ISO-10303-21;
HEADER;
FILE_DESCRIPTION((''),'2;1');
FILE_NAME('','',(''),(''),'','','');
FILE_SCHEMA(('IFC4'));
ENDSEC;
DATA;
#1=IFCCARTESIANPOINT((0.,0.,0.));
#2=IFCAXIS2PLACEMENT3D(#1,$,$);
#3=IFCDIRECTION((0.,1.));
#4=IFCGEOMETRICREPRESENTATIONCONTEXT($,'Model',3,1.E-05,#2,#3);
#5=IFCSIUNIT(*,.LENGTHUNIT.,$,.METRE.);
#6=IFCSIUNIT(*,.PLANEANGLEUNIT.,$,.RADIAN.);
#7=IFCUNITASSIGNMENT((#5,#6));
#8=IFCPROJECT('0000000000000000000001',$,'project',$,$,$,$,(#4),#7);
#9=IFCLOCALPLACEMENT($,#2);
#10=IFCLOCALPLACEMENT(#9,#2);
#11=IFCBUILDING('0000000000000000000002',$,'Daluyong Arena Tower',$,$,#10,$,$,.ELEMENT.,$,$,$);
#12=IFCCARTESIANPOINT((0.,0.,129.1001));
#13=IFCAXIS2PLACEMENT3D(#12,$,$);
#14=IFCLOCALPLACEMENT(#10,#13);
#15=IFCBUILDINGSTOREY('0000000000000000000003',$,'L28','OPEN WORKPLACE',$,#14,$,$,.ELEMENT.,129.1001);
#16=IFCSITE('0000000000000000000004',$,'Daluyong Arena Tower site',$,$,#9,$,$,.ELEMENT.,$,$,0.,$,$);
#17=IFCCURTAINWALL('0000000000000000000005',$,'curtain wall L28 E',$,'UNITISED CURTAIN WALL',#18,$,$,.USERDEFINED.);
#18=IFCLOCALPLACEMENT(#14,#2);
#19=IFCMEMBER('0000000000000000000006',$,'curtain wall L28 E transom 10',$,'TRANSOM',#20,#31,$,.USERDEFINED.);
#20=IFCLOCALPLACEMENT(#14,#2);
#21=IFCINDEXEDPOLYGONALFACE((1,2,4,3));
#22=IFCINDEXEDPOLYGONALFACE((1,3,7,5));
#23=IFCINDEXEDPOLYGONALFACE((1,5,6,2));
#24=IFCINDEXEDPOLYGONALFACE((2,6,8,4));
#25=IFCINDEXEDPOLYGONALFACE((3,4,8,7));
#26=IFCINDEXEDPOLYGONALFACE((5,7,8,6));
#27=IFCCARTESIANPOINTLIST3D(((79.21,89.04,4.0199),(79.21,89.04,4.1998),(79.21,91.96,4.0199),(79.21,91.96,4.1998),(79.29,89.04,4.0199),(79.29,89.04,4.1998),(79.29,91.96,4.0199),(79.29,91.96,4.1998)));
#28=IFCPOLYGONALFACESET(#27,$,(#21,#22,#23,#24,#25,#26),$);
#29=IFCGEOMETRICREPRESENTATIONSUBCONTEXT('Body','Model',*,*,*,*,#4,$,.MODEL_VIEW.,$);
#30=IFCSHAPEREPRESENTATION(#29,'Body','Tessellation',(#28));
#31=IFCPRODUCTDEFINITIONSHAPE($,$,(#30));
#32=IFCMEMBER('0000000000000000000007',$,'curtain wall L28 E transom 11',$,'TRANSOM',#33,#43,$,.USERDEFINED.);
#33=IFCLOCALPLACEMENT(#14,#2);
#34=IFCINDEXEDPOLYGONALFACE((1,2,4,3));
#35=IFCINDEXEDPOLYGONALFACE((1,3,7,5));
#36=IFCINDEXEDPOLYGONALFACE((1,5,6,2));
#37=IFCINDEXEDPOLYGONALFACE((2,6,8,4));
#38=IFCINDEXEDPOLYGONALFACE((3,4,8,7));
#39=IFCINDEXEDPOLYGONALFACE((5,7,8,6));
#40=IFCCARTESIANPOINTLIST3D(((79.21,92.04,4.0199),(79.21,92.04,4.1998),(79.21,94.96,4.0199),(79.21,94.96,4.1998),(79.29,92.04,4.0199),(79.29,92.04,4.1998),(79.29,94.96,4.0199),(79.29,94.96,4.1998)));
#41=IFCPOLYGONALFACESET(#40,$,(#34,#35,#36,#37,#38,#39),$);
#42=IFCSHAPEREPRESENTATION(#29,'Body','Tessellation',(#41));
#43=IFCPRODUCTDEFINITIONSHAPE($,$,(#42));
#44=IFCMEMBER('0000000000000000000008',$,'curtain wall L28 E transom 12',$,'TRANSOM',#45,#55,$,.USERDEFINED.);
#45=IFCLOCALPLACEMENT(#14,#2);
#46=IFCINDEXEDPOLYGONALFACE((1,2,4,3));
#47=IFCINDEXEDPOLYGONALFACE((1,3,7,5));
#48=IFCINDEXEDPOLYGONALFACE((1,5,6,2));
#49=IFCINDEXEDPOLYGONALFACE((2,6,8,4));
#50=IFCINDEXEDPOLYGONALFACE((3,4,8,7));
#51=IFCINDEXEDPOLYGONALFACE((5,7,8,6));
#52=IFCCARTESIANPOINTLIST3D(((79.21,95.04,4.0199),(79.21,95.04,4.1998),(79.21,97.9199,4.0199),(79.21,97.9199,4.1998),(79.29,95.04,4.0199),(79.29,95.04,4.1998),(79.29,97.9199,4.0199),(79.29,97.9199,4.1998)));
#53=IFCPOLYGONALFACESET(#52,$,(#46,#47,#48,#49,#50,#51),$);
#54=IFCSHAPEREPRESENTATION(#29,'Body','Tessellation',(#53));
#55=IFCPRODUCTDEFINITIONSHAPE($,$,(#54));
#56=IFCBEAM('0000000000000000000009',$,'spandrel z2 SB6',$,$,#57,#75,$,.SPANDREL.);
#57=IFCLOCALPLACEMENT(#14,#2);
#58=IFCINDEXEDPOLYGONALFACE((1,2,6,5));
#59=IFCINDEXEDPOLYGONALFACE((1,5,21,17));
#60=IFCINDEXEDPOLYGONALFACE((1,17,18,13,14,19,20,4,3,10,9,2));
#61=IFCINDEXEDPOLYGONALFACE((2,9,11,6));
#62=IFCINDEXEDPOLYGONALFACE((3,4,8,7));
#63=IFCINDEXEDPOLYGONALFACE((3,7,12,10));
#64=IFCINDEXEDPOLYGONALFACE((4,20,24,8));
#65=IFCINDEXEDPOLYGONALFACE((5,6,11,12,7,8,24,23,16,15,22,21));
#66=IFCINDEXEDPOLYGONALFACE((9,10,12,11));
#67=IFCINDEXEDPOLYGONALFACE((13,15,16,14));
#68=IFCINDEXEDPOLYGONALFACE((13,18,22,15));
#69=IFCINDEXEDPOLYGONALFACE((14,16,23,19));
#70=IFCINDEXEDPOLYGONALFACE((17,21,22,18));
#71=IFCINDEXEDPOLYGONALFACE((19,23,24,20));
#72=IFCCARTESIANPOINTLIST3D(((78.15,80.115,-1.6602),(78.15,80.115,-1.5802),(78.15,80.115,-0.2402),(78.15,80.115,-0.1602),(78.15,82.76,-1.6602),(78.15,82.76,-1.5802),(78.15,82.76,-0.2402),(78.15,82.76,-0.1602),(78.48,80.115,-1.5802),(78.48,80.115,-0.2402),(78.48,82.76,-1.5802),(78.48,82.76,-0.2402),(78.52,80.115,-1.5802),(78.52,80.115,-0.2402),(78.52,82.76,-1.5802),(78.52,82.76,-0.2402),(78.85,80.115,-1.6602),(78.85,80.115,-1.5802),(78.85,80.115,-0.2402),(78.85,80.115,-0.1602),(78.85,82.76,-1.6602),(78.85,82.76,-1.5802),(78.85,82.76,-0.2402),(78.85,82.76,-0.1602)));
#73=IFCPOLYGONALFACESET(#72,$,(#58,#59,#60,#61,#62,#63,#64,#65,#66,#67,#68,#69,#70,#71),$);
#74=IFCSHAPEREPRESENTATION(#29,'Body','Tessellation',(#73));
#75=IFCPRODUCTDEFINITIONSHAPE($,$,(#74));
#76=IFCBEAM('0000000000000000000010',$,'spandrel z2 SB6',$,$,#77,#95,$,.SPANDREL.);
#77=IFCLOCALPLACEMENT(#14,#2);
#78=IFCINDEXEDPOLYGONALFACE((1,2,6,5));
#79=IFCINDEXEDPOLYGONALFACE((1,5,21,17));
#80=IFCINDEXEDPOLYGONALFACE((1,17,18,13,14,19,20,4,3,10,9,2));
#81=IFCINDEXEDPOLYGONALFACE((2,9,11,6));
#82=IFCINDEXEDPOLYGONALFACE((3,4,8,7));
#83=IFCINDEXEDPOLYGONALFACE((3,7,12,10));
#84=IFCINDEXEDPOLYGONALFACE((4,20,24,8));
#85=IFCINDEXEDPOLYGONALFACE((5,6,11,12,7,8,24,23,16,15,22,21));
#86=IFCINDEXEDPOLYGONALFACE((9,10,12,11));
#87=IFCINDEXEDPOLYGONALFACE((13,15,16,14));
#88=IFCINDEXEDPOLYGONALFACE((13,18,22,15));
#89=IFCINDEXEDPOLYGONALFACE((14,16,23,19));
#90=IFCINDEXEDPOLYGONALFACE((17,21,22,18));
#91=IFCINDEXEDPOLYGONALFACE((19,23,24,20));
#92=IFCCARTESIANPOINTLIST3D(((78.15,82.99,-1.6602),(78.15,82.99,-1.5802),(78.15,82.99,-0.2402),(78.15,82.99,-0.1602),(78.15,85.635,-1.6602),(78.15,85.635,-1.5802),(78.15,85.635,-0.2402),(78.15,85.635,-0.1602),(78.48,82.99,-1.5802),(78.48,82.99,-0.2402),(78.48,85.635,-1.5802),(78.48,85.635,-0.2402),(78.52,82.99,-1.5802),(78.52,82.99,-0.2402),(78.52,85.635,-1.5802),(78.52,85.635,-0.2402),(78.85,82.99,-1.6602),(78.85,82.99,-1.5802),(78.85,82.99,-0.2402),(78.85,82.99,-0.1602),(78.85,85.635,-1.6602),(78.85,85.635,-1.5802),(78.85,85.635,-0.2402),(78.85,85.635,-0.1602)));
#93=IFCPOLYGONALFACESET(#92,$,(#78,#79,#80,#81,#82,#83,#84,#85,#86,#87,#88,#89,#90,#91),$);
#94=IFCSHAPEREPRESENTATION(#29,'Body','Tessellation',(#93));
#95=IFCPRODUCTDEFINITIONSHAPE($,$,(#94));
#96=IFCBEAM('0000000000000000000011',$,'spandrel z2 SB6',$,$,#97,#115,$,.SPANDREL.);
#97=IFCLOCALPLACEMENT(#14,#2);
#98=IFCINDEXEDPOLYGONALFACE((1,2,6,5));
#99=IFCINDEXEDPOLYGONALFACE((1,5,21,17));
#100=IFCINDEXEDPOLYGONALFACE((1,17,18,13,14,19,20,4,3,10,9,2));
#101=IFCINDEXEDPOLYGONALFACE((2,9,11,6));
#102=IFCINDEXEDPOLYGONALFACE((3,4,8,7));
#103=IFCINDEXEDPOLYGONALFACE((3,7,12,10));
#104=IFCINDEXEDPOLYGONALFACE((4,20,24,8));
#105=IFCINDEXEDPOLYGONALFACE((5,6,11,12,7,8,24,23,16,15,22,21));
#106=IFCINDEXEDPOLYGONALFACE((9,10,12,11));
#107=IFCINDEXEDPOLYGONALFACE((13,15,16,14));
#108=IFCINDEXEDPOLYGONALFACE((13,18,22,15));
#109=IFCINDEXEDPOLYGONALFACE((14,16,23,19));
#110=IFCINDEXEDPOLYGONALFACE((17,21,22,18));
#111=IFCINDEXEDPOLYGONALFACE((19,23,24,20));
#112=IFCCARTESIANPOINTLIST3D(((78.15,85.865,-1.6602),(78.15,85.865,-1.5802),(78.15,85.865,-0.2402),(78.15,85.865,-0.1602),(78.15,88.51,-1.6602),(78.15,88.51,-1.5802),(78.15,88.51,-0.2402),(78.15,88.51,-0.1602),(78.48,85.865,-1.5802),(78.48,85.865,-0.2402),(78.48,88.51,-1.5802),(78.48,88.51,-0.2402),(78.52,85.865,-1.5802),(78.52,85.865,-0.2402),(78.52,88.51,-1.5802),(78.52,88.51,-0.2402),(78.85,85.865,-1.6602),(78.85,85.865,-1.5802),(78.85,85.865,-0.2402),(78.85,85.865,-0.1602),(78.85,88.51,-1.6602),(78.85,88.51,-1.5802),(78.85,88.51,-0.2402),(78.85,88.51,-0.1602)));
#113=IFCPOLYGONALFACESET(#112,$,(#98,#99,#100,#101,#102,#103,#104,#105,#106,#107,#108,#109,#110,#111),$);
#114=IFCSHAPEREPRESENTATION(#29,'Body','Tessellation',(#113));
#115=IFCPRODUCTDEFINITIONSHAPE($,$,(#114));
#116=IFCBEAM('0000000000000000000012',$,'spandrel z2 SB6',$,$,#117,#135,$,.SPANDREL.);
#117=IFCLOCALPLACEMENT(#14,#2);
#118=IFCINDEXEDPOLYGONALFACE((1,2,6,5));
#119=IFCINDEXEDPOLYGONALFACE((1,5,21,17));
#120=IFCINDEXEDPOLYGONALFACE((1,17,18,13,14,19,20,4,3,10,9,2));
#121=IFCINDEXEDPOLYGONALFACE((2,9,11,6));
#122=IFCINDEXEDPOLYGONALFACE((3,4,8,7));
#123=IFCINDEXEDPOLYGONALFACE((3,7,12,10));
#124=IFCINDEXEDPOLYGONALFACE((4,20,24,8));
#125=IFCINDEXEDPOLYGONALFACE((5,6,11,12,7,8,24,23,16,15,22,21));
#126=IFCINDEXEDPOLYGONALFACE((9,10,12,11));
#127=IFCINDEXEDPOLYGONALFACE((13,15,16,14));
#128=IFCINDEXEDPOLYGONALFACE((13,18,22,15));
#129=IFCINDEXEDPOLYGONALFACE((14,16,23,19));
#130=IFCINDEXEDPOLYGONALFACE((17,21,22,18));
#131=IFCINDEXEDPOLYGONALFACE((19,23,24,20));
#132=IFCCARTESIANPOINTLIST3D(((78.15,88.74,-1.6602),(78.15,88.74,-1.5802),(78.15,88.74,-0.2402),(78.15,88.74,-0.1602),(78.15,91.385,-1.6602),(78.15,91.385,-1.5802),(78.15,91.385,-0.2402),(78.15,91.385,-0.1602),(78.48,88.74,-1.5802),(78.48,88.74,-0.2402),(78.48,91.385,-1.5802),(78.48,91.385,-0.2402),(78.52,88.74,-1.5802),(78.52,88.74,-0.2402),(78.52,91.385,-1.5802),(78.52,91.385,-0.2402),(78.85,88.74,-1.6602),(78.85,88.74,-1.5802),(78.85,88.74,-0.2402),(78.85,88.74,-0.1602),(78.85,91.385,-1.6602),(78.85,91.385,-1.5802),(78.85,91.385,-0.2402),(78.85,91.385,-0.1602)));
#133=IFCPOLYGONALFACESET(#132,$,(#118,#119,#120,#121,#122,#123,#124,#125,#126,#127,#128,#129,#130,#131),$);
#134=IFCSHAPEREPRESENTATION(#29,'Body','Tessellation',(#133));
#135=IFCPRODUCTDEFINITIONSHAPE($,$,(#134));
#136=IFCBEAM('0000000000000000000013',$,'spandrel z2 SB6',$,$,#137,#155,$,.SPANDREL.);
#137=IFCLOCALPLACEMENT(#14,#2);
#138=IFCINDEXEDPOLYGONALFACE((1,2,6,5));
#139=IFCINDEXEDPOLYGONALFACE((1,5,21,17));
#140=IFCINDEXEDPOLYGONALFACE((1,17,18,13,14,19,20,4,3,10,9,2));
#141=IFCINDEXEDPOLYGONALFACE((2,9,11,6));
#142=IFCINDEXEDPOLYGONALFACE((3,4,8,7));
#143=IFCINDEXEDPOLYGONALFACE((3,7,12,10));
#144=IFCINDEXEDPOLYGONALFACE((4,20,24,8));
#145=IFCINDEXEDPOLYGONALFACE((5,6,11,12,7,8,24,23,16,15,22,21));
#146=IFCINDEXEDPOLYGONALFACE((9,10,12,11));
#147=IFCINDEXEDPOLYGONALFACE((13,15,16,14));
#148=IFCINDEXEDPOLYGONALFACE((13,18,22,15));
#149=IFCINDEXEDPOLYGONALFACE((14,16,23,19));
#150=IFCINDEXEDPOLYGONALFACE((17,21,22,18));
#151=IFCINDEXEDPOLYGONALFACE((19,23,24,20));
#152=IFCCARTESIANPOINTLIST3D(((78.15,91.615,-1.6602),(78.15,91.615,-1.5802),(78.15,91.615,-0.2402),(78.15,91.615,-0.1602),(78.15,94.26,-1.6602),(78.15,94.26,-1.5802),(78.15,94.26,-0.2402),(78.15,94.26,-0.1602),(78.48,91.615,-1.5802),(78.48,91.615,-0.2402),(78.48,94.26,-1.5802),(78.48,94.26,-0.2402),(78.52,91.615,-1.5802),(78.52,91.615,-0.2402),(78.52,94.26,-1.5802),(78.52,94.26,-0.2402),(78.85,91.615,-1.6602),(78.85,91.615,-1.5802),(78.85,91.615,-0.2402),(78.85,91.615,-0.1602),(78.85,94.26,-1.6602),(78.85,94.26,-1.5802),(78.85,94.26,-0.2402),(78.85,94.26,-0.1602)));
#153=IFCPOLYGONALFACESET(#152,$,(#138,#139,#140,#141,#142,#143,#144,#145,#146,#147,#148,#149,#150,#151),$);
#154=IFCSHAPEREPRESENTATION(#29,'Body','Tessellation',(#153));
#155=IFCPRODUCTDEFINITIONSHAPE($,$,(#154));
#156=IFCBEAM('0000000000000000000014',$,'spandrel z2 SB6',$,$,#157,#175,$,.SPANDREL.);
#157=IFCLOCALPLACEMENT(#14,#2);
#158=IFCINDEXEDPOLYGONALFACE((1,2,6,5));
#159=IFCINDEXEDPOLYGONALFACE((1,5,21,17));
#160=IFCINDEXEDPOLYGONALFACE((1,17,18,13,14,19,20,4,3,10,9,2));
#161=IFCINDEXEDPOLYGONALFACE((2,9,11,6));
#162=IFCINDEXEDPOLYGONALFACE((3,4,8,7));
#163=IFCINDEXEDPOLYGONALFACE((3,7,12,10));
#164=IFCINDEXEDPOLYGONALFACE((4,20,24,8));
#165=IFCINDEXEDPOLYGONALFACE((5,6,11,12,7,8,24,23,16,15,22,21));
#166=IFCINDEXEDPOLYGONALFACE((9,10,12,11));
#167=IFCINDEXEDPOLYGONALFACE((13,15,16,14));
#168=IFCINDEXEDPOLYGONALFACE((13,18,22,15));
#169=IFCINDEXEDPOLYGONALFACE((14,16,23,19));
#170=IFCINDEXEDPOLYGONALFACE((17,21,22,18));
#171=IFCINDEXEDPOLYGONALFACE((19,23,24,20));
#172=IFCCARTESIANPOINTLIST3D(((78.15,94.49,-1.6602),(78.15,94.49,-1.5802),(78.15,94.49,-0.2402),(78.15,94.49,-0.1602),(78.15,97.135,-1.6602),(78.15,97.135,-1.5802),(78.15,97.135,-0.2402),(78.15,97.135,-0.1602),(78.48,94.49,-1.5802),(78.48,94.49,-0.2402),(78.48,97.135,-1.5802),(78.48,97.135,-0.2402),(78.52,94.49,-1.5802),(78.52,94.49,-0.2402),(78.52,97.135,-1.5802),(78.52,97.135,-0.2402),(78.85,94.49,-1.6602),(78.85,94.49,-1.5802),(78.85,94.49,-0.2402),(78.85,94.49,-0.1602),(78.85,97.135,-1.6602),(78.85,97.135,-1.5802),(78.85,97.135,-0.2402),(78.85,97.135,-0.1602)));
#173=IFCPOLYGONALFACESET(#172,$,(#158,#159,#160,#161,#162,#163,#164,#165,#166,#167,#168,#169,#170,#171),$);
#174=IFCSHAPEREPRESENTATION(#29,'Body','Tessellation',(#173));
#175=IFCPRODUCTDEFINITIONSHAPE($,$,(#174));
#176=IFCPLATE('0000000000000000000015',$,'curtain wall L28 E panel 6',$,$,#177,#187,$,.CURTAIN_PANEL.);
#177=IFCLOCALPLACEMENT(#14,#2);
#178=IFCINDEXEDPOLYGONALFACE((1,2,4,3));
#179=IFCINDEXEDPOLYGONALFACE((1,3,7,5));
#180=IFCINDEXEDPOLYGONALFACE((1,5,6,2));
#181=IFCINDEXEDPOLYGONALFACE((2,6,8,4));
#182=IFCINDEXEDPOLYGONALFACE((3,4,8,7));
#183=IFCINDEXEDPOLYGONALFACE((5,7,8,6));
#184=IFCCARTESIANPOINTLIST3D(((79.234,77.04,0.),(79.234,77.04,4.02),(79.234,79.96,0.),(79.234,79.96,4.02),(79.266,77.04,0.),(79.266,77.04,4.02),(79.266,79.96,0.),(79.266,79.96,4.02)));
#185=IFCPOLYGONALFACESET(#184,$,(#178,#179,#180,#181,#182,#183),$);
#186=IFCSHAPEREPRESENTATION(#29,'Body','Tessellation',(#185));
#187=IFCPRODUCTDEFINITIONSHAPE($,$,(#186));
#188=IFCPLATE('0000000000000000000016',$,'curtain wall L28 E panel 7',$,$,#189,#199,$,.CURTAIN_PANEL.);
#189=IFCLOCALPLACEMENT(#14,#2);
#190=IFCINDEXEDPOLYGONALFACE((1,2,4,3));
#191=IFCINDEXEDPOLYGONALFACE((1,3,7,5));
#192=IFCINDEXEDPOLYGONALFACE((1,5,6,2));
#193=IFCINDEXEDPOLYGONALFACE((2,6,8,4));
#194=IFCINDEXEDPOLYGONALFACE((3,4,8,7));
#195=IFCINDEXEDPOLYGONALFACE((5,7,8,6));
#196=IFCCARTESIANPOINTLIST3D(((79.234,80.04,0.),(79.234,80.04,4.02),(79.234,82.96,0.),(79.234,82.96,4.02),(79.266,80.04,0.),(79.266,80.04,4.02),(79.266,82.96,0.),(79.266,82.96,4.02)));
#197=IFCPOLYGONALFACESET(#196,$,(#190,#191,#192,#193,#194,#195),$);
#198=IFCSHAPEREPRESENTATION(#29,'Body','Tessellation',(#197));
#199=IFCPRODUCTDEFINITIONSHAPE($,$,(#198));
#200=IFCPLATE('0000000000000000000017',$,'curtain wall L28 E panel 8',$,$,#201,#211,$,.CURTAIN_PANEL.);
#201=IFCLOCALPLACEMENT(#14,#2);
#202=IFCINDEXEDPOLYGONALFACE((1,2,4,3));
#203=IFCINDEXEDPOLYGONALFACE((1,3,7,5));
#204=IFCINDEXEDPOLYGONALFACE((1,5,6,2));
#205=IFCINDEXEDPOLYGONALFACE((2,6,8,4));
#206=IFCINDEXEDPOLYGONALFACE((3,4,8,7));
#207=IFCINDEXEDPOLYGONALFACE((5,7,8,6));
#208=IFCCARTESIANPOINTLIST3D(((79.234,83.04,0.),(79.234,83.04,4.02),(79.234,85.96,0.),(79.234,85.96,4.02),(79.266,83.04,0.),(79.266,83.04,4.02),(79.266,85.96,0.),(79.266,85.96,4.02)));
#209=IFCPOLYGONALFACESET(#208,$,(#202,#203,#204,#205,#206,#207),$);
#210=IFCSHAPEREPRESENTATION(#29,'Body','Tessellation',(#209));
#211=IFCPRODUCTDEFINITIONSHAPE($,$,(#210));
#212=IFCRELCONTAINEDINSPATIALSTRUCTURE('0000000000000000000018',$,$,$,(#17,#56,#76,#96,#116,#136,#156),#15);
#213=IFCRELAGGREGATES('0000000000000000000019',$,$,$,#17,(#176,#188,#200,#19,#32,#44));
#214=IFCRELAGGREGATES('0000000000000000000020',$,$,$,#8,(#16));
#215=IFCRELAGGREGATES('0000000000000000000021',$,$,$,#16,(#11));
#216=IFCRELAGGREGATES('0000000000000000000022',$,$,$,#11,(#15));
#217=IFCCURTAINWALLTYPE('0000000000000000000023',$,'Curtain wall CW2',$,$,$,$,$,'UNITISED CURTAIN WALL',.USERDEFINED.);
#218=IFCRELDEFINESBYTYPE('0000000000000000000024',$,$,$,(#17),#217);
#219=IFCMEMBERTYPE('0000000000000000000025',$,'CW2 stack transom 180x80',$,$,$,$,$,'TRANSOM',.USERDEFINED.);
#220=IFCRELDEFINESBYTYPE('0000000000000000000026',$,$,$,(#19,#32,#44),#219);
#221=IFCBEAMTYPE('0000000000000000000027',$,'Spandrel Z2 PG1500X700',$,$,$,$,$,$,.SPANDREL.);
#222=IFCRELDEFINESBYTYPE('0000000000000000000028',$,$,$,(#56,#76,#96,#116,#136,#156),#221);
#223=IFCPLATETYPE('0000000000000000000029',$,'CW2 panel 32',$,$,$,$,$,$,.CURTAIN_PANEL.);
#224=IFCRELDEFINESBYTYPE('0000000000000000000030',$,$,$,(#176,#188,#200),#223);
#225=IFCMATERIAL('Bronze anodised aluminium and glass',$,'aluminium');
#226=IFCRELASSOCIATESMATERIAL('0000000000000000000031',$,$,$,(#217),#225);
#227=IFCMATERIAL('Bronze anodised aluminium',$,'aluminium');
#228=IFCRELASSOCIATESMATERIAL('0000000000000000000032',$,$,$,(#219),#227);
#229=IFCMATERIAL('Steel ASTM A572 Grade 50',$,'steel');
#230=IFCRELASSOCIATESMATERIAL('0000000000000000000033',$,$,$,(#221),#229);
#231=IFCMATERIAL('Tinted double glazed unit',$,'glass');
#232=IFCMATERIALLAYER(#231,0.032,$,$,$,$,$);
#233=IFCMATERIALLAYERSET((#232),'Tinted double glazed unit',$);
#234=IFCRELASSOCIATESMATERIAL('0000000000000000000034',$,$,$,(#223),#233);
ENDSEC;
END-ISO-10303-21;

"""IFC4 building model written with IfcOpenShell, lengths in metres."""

from ifc_helpers import new_model, si_unit, direction, frame, origin, origin_2d, place, context, subcontext, project, spatial, rectangle, i_section, extrude, material, layer, layer_set, material_profile, profile_set, type_object, element, aggregate, save


model = new_model("IFC4")

# Units and contexts
model_context = context("Model", 3, precision=1e-05, world=origin(), true_north=direction((0.0, 1.0)))
body_context = subcontext(model_context, "Body", "Model", "MODEL_VIEW")
ifc_project = project(units=[si_unit("LENGTHUNIT", "METRE"), si_unit("PLANEANGLEUNIT", "RADIAN")], contexts=[model_context])

# Site, building, storey
site_placement = place(None, origin())
site = spatial("IfcSite", under=ifc_project, at=site_placement, Name="Daluyong Arena Tower site", CompositionType="ELEMENT", RefElevation=0.0)
building_placement = place(site_placement, origin())
building = spatial("IfcBuilding", under=site, at=building_placement, Name="Daluyong Arena Tower", CompositionType="ELEMENT")
storey_placement = place(building_placement, frame((0.0, 0.0, 129.1001)))
storey = spatial("IfcBuildingStorey", under=building, at=storey_placement, Name="L28", Description="OPEN WORKPLACE", CompositionType="ELEMENT", Elevation=129.1001)

# Curtain wall, members
ifc_material_1 = material(Name="Bronze anodised aluminium and glass", Category="aluminium")
curtain_wall_type = type_object("IfcCurtainWallType", Name="Curtain wall CW2", ElementType="UNITISED CURTAIN WALL", PredefinedType="USERDEFINED", material=ifc_material_1)
curtain_wall_placement = place(storey_placement, origin())
curtain_wall = element("IfcCurtainWall", 1, at=curtain_wall_placement, inside=storey, type_object=curtain_wall_type, Name="curtain wall L28 E", ObjectType="UNITISED CURTAIN WALL", PredefinedType="USERDEFINED")
ifc_material_2 = material(Name="Bronze anodised aluminium", Category="aluminium")
ifc_material_profile_1 = material_profile(ifc_material_2, rectangle(XDim=0.0801, YDim=0.1799, at=origin_2d()))
ifc_profile_set_1 = profile_set([ifc_material_profile_1], Name="Bronze anodised aluminium")
member_type_1 = type_object("IfcMemberType", Name="CW2 stack transom 180x80", ElementType="TRANSOM", PredefinedType="USERDEFINED", material=ifc_profile_set_1)
member_1_placement = place(storey_placement, frame((79.25, 89.04, 4.1099), z_axis=(0.0, 1.0, 0.0), x_axis=(-1.0, 0.0, 0.0)))
member_1 = element("IfcMember", 2, at=member_1_placement, type_object=member_type_1, Name="curtain wall L28 E transom 10", ObjectType="TRANSOM", PredefinedType="USERDEFINED", context=body_context, shape_type="SweptSolid", body=[
    extrude(rectangle(XDim=0.0801, YDim=0.1799, at=origin_2d()), origin(), (0.0, 0.0, 1.0), 2.9199),
])
member_2_placement = place(storey_placement, frame((79.25, 92.04, 4.1099), z_axis=(0.0, 1.0, 0.0), x_axis=(-1.0, 0.0, 0.0)))
member_2 = element("IfcMember", 3, at=member_2_placement, type_object=member_type_1, Name="curtain wall L28 E transom 11", ObjectType="TRANSOM", PredefinedType="USERDEFINED", context=body_context, shape_type="SweptSolid", body=[
    extrude(rectangle(XDim=0.0801, YDim=0.1799, at=origin_2d()), origin(), (0.0, 0.0, 1.0), 2.9199),
])
member_3_placement = place(storey_placement, frame((79.25, 95.04, 4.1099), z_axis=(0.0, 1.0, 0.0), x_axis=(-1.0, 0.0, 0.0)))
member_3 = element("IfcMember", 4, at=member_3_placement, type_object=member_type_1, Name="curtain wall L28 E transom 12", ObjectType="TRANSOM", PredefinedType="USERDEFINED", context=body_context, shape_type="SweptSolid", body=[
    extrude(rectangle(XDim=0.0801, YDim=0.1799, at=origin_2d()), origin(), (0.0, 0.0, 1.0), 2.8799),
])

# Beams
ifc_material_3 = material(Name="Steel ASTM A572 Grade 50", Category="steel")
ifc_material_profile_2 = material_profile(ifc_material_3, i_section(OverallWidth=0.7, OverallDepth=1.5, WebThickness=0.04, FlangeThickness=0.08, at=origin_2d()))
ifc_profile_set_2 = profile_set([ifc_material_profile_2], Name="Steel ASTM A572 Grade 50")
beam_type = type_object("IfcBeamType", Name="Spandrel Z2 PG1500X700", PredefinedType="SPANDREL", material=ifc_profile_set_2)
for number, where, z_axis, x_axis, name in (
    (5, (78.5, 80.115, -0.9102), (0.0, 1.0, 0.0), (-1.0, 0.0, 0.0), "spandrel z2 SB6"),
    (6, (78.5, 82.99, -0.9102), (0.0, 1.0, 0.0), (-1.0, 0.0, 0.0), "spandrel z2 SB6"),
    (7, (78.5, 85.865, -0.9102), (0.0, 1.0, 0.0), (-1.0, 0.0, 0.0), "spandrel z2 SB6"),
    (8, (78.5, 88.74, -0.9102), (0.0, 1.0, 0.0), (-1.0, 0.0, 0.0), "spandrel z2 SB6"),
    (9, (78.5, 91.615, -0.9102), (0.0, 1.0, 0.0), (-1.0, 0.0, 0.0), "spandrel z2 SB6"),
    (10, (78.5, 94.49, -0.9102), (0.0, 1.0, 0.0), (-1.0, 0.0, 0.0), "spandrel z2 SB6"),
):
    element("IfcBeam", number, at=place(storey_placement, frame(where, z_axis=z_axis, x_axis=x_axis)), inside=storey, type_object=beam_type, Name=name, PredefinedType="SPANDREL", context=body_context, shape_type="SweptSolid", body=[
        extrude(i_section(OverallWidth=0.7, OverallDepth=1.5, WebThickness=0.04, FlangeThickness=0.08, at=origin_2d()), origin(), (0.0, 0.0, 1.0), 2.645),
    ])

# Plates
ifc_material_4 = material(Name="Tinted double glazed unit", Category="glass")
ifc_layer = layer(ifc_material_4, 0.032)
ifc_layer_set = layer_set([ifc_layer], Name="Tinted double glazed unit")
plate_type = type_object("IfcPlateType", Name="CW2 panel 32", PredefinedType="CURTAIN_PANEL", material=ifc_layer_set)
plate_1_placement = place(storey_placement, frame((79.25, 78.5, 0.0), z_axis=(0.0, 0.0, 1.0), x_axis=(0.0, 1.0, 0.0)))
plate_1 = element("IfcPlate", 11, at=plate_1_placement, type_object=plate_type, Name="curtain wall L28 E panel 6", PredefinedType="CURTAIN_PANEL", context=body_context, shape_type="SweptSolid", body=[
    extrude(rectangle(XDim=2.9199, YDim=0.032, at=origin_2d()), origin(), (0.0, 0.0, 1.0), 4.02),
])
plate_2_placement = place(storey_placement, frame((79.25, 81.5, 0.0), z_axis=(0.0, 0.0, 1.0), x_axis=(0.0, 1.0, 0.0)))
plate_2 = element("IfcPlate", 12, at=plate_2_placement, type_object=plate_type, Name="curtain wall L28 E panel 7", PredefinedType="CURTAIN_PANEL", context=body_context, shape_type="SweptSolid", body=[
    extrude(rectangle(XDim=2.9199, YDim=0.032, at=origin_2d()), origin(), (0.0, 0.0, 1.0), 4.02),
])
plate_3_placement = place(storey_placement, frame((79.25, 84.5, 0.0), z_axis=(0.0, 0.0, 1.0), x_axis=(0.0, 1.0, 0.0)))
plate_3 = element("IfcPlate", 13, at=plate_3_placement, type_object=plate_type, Name="curtain wall L28 E panel 8", PredefinedType="CURTAIN_PANEL", context=body_context, shape_type="SweptSolid", body=[
    extrude(rectangle(XDim=2.9199, YDim=0.032, at=origin_2d()), origin(), (0.0, 0.0, 1.0), 4.02),
])
aggregate(curtain_wall, [plate_1, plate_2, plate_3, member_1, member_2, member_3])

save(model, "model.ifc")
